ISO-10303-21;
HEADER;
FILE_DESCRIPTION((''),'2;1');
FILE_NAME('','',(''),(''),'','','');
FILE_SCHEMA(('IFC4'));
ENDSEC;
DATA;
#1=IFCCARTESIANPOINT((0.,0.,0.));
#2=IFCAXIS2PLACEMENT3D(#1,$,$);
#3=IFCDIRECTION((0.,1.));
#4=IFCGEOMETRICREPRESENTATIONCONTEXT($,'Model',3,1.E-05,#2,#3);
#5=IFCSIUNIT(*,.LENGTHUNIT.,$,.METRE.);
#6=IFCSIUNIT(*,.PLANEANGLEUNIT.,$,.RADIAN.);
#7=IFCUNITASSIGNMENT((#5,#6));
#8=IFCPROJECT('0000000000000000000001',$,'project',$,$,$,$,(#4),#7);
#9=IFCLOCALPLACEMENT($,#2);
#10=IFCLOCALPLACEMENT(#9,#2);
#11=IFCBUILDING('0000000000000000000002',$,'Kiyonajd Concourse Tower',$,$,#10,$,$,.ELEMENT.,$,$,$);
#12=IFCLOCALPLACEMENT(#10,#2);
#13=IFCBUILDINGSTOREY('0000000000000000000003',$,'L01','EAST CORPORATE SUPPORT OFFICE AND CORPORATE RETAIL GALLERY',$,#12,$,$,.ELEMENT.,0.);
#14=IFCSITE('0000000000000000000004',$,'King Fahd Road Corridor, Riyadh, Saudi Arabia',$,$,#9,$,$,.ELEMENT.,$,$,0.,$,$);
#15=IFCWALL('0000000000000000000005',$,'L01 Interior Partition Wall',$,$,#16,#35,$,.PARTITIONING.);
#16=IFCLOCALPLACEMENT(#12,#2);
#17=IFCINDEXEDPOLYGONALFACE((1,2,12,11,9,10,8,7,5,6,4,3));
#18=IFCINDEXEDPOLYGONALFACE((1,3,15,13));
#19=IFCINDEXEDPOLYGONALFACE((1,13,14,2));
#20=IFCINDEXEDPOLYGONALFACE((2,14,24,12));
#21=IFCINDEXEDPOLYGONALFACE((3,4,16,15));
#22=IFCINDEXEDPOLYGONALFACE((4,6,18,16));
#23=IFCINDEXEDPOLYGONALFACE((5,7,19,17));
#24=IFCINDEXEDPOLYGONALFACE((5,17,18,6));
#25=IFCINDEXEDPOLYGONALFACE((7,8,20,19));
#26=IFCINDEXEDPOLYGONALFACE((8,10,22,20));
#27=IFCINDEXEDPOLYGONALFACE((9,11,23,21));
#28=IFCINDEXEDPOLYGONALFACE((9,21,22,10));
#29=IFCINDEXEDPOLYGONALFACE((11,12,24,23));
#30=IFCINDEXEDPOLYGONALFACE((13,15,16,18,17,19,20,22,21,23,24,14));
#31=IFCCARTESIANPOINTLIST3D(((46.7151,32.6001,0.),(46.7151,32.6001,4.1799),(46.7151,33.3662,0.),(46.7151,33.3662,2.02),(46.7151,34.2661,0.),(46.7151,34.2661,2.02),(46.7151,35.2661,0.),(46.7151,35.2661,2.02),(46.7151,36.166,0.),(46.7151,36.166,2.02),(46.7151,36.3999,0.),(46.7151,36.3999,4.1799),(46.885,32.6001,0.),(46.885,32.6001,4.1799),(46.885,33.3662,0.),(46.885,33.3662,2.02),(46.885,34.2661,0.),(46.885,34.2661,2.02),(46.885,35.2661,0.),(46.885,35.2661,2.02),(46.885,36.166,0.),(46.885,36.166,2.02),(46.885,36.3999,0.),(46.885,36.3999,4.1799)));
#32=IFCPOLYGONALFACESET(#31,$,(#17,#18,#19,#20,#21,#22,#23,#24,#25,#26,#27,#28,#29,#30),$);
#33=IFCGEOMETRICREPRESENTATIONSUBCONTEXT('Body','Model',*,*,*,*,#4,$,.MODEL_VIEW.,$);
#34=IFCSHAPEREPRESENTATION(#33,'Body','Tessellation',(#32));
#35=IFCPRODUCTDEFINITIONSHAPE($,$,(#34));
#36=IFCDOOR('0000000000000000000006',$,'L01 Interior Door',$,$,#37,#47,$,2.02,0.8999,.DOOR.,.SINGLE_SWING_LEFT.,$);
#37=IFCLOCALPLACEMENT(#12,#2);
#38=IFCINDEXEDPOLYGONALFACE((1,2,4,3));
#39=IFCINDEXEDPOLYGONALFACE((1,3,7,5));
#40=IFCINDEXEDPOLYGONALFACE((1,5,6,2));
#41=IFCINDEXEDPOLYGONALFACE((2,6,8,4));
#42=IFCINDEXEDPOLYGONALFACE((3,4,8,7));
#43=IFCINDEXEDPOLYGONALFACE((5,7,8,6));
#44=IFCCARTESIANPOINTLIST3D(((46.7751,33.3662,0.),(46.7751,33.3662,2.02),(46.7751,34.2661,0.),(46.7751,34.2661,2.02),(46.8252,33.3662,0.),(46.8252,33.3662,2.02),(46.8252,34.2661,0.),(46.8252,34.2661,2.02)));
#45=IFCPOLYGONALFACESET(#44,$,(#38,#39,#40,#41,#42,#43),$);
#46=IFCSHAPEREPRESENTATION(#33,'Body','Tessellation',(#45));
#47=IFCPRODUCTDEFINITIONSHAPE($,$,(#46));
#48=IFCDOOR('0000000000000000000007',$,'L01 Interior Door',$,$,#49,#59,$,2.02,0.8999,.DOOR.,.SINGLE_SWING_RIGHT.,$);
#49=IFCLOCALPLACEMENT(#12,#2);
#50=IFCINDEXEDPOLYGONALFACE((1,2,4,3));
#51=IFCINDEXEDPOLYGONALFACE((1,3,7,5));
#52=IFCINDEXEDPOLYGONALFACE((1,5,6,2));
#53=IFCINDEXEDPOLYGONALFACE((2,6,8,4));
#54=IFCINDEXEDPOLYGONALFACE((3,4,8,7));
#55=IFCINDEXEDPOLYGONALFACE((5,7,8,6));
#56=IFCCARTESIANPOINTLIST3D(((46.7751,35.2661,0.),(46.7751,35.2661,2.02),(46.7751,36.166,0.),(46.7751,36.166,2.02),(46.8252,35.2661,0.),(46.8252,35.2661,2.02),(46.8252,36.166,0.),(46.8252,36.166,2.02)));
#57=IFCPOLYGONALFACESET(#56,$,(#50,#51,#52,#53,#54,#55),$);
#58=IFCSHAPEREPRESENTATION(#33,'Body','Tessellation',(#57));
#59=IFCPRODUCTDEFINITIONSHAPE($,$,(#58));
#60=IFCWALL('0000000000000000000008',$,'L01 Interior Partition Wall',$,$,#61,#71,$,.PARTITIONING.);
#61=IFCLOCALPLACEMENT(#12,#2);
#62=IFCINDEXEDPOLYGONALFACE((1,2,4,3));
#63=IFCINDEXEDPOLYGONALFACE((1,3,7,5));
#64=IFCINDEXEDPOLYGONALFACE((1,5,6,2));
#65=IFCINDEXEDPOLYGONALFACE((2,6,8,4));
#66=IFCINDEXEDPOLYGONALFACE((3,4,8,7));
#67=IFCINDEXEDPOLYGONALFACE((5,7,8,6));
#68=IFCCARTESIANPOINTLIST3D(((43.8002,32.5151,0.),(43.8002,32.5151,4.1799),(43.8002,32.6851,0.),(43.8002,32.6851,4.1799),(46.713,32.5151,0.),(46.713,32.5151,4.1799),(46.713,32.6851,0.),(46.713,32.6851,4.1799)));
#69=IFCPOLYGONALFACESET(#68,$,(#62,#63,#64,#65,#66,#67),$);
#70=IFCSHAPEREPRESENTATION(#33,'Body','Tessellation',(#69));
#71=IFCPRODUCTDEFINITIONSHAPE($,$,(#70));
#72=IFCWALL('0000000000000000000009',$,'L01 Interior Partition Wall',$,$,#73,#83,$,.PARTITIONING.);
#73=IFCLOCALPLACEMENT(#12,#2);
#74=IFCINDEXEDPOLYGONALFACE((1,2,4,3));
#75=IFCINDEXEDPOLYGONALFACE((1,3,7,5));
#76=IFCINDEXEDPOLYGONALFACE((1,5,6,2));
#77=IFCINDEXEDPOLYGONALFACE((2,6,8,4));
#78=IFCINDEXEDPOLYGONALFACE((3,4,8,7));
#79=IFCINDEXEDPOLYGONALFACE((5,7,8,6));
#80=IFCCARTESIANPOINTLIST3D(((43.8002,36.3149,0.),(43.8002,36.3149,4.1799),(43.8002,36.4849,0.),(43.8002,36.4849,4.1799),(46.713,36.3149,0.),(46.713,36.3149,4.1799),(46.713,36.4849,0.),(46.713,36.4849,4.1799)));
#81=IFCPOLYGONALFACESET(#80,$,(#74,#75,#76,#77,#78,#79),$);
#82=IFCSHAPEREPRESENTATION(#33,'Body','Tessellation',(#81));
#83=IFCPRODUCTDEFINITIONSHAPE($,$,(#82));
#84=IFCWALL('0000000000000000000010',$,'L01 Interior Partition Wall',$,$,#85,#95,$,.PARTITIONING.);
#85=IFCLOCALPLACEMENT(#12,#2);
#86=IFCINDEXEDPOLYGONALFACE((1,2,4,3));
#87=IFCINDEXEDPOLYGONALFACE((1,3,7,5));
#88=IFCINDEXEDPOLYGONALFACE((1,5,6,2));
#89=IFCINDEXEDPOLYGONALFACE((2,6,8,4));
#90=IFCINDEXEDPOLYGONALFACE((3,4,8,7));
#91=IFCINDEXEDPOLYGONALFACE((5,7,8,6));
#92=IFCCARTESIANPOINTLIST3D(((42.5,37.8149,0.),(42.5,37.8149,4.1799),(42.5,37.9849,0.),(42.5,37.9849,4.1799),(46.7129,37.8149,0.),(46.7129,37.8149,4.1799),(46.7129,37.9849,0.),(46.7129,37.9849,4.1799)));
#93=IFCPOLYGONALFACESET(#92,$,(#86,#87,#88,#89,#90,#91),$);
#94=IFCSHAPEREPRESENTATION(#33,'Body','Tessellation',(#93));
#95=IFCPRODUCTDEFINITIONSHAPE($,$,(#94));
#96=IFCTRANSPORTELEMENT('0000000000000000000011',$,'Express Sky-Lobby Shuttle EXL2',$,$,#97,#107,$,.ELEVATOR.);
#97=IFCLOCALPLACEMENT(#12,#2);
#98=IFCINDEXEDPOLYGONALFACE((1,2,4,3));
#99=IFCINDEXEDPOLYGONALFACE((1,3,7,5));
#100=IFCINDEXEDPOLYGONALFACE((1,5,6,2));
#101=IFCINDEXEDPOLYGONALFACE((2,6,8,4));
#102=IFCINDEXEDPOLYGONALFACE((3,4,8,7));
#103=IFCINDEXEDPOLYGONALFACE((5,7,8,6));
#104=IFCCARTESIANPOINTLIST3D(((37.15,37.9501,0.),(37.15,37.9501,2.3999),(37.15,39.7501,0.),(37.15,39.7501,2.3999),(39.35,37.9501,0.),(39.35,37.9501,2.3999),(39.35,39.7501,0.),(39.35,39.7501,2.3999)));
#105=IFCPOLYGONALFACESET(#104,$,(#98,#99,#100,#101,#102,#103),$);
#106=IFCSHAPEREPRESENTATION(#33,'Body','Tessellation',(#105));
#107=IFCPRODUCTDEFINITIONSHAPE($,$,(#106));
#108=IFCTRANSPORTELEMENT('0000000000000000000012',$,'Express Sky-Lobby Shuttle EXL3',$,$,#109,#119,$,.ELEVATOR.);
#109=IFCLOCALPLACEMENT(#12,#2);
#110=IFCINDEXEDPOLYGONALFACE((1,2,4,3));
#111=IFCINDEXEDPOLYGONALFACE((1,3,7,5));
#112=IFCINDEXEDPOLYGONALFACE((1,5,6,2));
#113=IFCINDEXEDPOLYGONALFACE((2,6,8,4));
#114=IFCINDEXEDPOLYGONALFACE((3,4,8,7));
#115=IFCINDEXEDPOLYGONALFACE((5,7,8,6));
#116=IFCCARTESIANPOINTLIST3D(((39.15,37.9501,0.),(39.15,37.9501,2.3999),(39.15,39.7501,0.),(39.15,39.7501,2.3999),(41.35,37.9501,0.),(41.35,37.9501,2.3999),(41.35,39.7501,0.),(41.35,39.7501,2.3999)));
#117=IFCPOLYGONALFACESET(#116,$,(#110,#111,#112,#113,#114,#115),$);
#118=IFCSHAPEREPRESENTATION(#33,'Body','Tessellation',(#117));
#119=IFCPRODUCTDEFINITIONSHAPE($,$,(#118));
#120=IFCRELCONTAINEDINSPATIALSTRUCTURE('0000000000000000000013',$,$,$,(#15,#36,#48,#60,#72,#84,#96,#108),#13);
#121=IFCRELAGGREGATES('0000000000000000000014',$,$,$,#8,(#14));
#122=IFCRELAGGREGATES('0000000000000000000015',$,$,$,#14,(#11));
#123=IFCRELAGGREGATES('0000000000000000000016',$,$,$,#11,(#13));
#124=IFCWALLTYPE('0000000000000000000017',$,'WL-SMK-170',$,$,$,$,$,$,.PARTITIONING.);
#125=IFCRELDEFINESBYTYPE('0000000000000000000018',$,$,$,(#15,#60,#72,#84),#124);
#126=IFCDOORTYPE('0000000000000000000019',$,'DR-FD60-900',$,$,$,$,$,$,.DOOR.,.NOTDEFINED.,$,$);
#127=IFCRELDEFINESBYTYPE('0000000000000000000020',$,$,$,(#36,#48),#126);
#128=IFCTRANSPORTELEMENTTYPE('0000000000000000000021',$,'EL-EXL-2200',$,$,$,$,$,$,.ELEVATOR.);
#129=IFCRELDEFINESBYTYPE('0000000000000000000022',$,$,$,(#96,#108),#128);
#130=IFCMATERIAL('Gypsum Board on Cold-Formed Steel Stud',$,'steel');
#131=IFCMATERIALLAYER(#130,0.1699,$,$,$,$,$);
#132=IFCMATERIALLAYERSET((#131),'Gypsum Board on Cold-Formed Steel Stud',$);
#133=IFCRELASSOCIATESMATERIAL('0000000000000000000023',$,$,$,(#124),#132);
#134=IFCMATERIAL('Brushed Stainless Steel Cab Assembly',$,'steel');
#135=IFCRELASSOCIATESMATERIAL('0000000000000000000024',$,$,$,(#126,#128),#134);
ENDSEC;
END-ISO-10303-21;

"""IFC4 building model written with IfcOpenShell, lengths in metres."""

from ifc_helpers import new_model, si_unit, direction, frame, frame_2d, origin, origin_2d, place, context, subcontext, project, spatial, rectangle, extrude, material, layer, layer_set, type_object, element, fill, save


model = new_model("IFC4")

# Units and contexts
model_context = context("Model", 3, precision=1e-05, world=origin(), true_north=direction((0.0, 1.0)))
body_context = subcontext(model_context, "Body", "Model", "MODEL_VIEW")
ifc_project = project(units=[si_unit("LENGTHUNIT", "METRE"), si_unit("PLANEANGLEUNIT", "RADIAN")], contexts=[model_context])

# Site, building, storey
site_placement = place(None, origin())
site = spatial("IfcSite", under=ifc_project, at=site_placement, Name="King Fahd Road Corridor, Riyadh, Saudi Arabia", CompositionType="ELEMENT", RefElevation=0.0)
building_placement = place(site_placement, origin())
building = spatial("IfcBuilding", under=site, at=building_placement, Name="Kiyonajd Concourse Tower", CompositionType="ELEMENT")
storey_placement = place(building_placement, origin())
storey = spatial("IfcBuildingStorey", under=building, at=storey_placement, Name="L01", Description="EAST CORPORATE SUPPORT OFFICE AND CORPORATE RETAIL GALLERY", CompositionType="ELEMENT", Elevation=0.0)

# Shared definitions
ifc_material_1 = material(Name="Gypsum Board on Cold-Formed Steel Stud", Category="steel")

# Shared definitions
ifc_material_2 = material(Name="Brushed Stainless Steel Cab Assembly", Category="steel")

# Wall, openings, doors
ifc_layer_1 = layer(ifc_material_1, 0.1699)
ifc_layer_set_1 = layer_set([ifc_layer_1], Name="Gypsum Board on Cold-Formed Steel Stud")
wall_type_1 = type_object("IfcWallType", Name="WL-SMK-170", PredefinedType="PARTITIONING", material=ifc_layer_set_1)
wall_1_placement = place(storey_placement, frame((46.8, 32.6001, 0.0), z_axis=(0.0, 0.0, 1.0), x_axis=(0.0, 1.0, 0.0)))
wall_1 = element("IfcWall", 1, at=wall_1_placement, inside=storey, type_object=wall_type_1, Name="L01 Interior Partition Wall", PredefinedType="PARTITIONING", context=body_context, shape_type="SweptSolid", body=[
    extrude(rectangle(XDim=3.7998, YDim=0.1699, at=frame_2d((1.8999, 0.0))), origin(), (0.0, 0.0, 1.0), 4.1799),
])
opening_1_placement = place(wall_1_placement, frame((0.7661, 0.0, 0.0)))
opening_1 = element("IfcOpeningElement", 2, at=opening_1_placement, cuts=wall_1, PredefinedType="OPENING", context=body_context, shape_type="SweptSolid", body=[
    extrude(rectangle(XDim=0.8999, YDim=2.02, at=frame_2d((0.45, 1.01))), frame((0.0, 0.095, 0.0), z_axis=(0.0, -1.0, 0.0), x_axis=(1.0, 0.0, 0.0)), (0.0, 0.0, 1.0), 0.1899),
])
opening_2_placement = place(wall_1_placement, frame((2.666, 0.0, 0.0)))
opening_2 = element("IfcOpeningElement", 3, at=opening_2_placement, cuts=wall_1, PredefinedType="OPENING", context=body_context, shape_type="SweptSolid", body=[
    extrude(rectangle(XDim=0.8999, YDim=2.02, at=frame_2d((0.45, 1.01))), frame((0.0, 0.095, 0.0), z_axis=(0.0, -1.0, 0.0), x_axis=(1.0, 0.0, 0.0)), (0.0, 0.0, 1.0), 0.1899),
])
door_type_1 = type_object("IfcDoorType", Name="DR-FD60-900", OperationType="NOTDEFINED", PredefinedType="DOOR", material=ifc_material_2)
door_1_placement = place(opening_1_placement, origin())
door_1 = element("IfcDoor", 4, at=door_1_placement, inside=storey, type_object=door_type_1, Name="L01 Interior Door", OperationType="SINGLE_SWING_LEFT", OverallHeight=2.02, OverallWidth=0.8999, PredefinedType="DOOR", context=body_context, shape_type="SweptSolid", body=[
    extrude(rectangle(XDim=0.8999, YDim=2.02, at=frame_2d((0.45, 1.01))), frame((0.0, 0.0249, 0.0), z_axis=(0.0, -1.0, 0.0), x_axis=(1.0, 0.0, 0.0)), (0.0, 0.0, 1.0), 0.05),
])
fill(opening_1, door_1)
door_2_placement = place(opening_2_placement, origin())
door_2 = element("IfcDoor", 5, at=door_2_placement, inside=storey, type_object=door_type_1, Name="L01 Interior Door", OperationType="SINGLE_SWING_RIGHT", OverallHeight=2.02, OverallWidth=0.8999, PredefinedType="DOOR", context=body_context, shape_type="SweptSolid", body=[
    extrude(rectangle(XDim=0.8999, YDim=2.02, at=frame_2d((0.45, 1.01))), frame((0.0, 0.0249, 0.0), z_axis=(0.0, -1.0, 0.0), x_axis=(1.0, 0.0, 0.0)), (0.0, 0.0, 1.0), 0.05),
])
fill(opening_2, door_2)

# Walls
for number, where, z_axis, x_axis, name in (
    (6, (43.8, 32.6001, 0.0), (0.0, 0.0, 1.0), (1.0, 0.0, 0.0), "L01 Interior Partition Wall"),
    (7, (43.8, 36.3999, 0.0), (0.0, 0.0, 1.0), (1.0, 0.0, 0.0), "L01 Interior Partition Wall"),
):
    element("IfcWall", number, at=place(storey_placement, frame(where, z_axis=z_axis, x_axis=x_axis)), inside=storey, type_object=wall_type_1, Name=name, PredefinedType="PARTITIONING", context=body_context, shape_type="SweptSolid", body=[
        extrude(rectangle(XDim=2.9128, YDim=0.1699, at=frame_2d((1.4565, 0.0))), origin(), (0.0, 0.0, 1.0), 4.1799),
    ])
wall_2_placement = place(storey_placement, frame((42.5, 37.8999, 0.0), z_axis=(0.0, 0.0, 1.0), x_axis=(1.0, 0.0, 0.0)))
element("IfcWall", 8, at=wall_2_placement, inside=storey, type_object=wall_type_1, Name="L01 Interior Partition Wall", PredefinedType="PARTITIONING", context=body_context, shape_type="SweptSolid", body=[
    extrude(rectangle(XDim=4.2129, YDim=0.1699, at=frame_2d((2.1064, 0.0))), origin(), (0.0, 0.0, 1.0), 4.1799),
])

# Transport elements
transport_element_type = type_object("IfcTransportElementType", Name="EL-EXL-2200", PredefinedType="ELEVATOR", material=ifc_material_2)
for number, where, z_axis, x_axis, name in (
    (9, (38.25, 38.8501, 0.0), (0.0, 0.0, 1.0), (1.0, 0.0, 0.0), "Express Sky-Lobby Shuttle EXL2"),
    (10, (40.25, 38.8501, 0.0), (0.0, 0.0, 1.0), (1.0, 0.0, 0.0), "Express Sky-Lobby Shuttle EXL3"),
):
    element("IfcTransportElement", number, at=place(storey_placement, frame(where, z_axis=z_axis, x_axis=x_axis)), inside=storey, type_object=transport_element_type, Name=name, PredefinedType="ELEVATOR", context=body_context, shape_type="SweptSolid", body=[
        extrude(rectangle(XDim=2.2, YDim=1.8, at=origin_2d()), origin(), (0.0, 0.0, 1.0), 2.3999),
    ])

save(model, "model.ifc")
